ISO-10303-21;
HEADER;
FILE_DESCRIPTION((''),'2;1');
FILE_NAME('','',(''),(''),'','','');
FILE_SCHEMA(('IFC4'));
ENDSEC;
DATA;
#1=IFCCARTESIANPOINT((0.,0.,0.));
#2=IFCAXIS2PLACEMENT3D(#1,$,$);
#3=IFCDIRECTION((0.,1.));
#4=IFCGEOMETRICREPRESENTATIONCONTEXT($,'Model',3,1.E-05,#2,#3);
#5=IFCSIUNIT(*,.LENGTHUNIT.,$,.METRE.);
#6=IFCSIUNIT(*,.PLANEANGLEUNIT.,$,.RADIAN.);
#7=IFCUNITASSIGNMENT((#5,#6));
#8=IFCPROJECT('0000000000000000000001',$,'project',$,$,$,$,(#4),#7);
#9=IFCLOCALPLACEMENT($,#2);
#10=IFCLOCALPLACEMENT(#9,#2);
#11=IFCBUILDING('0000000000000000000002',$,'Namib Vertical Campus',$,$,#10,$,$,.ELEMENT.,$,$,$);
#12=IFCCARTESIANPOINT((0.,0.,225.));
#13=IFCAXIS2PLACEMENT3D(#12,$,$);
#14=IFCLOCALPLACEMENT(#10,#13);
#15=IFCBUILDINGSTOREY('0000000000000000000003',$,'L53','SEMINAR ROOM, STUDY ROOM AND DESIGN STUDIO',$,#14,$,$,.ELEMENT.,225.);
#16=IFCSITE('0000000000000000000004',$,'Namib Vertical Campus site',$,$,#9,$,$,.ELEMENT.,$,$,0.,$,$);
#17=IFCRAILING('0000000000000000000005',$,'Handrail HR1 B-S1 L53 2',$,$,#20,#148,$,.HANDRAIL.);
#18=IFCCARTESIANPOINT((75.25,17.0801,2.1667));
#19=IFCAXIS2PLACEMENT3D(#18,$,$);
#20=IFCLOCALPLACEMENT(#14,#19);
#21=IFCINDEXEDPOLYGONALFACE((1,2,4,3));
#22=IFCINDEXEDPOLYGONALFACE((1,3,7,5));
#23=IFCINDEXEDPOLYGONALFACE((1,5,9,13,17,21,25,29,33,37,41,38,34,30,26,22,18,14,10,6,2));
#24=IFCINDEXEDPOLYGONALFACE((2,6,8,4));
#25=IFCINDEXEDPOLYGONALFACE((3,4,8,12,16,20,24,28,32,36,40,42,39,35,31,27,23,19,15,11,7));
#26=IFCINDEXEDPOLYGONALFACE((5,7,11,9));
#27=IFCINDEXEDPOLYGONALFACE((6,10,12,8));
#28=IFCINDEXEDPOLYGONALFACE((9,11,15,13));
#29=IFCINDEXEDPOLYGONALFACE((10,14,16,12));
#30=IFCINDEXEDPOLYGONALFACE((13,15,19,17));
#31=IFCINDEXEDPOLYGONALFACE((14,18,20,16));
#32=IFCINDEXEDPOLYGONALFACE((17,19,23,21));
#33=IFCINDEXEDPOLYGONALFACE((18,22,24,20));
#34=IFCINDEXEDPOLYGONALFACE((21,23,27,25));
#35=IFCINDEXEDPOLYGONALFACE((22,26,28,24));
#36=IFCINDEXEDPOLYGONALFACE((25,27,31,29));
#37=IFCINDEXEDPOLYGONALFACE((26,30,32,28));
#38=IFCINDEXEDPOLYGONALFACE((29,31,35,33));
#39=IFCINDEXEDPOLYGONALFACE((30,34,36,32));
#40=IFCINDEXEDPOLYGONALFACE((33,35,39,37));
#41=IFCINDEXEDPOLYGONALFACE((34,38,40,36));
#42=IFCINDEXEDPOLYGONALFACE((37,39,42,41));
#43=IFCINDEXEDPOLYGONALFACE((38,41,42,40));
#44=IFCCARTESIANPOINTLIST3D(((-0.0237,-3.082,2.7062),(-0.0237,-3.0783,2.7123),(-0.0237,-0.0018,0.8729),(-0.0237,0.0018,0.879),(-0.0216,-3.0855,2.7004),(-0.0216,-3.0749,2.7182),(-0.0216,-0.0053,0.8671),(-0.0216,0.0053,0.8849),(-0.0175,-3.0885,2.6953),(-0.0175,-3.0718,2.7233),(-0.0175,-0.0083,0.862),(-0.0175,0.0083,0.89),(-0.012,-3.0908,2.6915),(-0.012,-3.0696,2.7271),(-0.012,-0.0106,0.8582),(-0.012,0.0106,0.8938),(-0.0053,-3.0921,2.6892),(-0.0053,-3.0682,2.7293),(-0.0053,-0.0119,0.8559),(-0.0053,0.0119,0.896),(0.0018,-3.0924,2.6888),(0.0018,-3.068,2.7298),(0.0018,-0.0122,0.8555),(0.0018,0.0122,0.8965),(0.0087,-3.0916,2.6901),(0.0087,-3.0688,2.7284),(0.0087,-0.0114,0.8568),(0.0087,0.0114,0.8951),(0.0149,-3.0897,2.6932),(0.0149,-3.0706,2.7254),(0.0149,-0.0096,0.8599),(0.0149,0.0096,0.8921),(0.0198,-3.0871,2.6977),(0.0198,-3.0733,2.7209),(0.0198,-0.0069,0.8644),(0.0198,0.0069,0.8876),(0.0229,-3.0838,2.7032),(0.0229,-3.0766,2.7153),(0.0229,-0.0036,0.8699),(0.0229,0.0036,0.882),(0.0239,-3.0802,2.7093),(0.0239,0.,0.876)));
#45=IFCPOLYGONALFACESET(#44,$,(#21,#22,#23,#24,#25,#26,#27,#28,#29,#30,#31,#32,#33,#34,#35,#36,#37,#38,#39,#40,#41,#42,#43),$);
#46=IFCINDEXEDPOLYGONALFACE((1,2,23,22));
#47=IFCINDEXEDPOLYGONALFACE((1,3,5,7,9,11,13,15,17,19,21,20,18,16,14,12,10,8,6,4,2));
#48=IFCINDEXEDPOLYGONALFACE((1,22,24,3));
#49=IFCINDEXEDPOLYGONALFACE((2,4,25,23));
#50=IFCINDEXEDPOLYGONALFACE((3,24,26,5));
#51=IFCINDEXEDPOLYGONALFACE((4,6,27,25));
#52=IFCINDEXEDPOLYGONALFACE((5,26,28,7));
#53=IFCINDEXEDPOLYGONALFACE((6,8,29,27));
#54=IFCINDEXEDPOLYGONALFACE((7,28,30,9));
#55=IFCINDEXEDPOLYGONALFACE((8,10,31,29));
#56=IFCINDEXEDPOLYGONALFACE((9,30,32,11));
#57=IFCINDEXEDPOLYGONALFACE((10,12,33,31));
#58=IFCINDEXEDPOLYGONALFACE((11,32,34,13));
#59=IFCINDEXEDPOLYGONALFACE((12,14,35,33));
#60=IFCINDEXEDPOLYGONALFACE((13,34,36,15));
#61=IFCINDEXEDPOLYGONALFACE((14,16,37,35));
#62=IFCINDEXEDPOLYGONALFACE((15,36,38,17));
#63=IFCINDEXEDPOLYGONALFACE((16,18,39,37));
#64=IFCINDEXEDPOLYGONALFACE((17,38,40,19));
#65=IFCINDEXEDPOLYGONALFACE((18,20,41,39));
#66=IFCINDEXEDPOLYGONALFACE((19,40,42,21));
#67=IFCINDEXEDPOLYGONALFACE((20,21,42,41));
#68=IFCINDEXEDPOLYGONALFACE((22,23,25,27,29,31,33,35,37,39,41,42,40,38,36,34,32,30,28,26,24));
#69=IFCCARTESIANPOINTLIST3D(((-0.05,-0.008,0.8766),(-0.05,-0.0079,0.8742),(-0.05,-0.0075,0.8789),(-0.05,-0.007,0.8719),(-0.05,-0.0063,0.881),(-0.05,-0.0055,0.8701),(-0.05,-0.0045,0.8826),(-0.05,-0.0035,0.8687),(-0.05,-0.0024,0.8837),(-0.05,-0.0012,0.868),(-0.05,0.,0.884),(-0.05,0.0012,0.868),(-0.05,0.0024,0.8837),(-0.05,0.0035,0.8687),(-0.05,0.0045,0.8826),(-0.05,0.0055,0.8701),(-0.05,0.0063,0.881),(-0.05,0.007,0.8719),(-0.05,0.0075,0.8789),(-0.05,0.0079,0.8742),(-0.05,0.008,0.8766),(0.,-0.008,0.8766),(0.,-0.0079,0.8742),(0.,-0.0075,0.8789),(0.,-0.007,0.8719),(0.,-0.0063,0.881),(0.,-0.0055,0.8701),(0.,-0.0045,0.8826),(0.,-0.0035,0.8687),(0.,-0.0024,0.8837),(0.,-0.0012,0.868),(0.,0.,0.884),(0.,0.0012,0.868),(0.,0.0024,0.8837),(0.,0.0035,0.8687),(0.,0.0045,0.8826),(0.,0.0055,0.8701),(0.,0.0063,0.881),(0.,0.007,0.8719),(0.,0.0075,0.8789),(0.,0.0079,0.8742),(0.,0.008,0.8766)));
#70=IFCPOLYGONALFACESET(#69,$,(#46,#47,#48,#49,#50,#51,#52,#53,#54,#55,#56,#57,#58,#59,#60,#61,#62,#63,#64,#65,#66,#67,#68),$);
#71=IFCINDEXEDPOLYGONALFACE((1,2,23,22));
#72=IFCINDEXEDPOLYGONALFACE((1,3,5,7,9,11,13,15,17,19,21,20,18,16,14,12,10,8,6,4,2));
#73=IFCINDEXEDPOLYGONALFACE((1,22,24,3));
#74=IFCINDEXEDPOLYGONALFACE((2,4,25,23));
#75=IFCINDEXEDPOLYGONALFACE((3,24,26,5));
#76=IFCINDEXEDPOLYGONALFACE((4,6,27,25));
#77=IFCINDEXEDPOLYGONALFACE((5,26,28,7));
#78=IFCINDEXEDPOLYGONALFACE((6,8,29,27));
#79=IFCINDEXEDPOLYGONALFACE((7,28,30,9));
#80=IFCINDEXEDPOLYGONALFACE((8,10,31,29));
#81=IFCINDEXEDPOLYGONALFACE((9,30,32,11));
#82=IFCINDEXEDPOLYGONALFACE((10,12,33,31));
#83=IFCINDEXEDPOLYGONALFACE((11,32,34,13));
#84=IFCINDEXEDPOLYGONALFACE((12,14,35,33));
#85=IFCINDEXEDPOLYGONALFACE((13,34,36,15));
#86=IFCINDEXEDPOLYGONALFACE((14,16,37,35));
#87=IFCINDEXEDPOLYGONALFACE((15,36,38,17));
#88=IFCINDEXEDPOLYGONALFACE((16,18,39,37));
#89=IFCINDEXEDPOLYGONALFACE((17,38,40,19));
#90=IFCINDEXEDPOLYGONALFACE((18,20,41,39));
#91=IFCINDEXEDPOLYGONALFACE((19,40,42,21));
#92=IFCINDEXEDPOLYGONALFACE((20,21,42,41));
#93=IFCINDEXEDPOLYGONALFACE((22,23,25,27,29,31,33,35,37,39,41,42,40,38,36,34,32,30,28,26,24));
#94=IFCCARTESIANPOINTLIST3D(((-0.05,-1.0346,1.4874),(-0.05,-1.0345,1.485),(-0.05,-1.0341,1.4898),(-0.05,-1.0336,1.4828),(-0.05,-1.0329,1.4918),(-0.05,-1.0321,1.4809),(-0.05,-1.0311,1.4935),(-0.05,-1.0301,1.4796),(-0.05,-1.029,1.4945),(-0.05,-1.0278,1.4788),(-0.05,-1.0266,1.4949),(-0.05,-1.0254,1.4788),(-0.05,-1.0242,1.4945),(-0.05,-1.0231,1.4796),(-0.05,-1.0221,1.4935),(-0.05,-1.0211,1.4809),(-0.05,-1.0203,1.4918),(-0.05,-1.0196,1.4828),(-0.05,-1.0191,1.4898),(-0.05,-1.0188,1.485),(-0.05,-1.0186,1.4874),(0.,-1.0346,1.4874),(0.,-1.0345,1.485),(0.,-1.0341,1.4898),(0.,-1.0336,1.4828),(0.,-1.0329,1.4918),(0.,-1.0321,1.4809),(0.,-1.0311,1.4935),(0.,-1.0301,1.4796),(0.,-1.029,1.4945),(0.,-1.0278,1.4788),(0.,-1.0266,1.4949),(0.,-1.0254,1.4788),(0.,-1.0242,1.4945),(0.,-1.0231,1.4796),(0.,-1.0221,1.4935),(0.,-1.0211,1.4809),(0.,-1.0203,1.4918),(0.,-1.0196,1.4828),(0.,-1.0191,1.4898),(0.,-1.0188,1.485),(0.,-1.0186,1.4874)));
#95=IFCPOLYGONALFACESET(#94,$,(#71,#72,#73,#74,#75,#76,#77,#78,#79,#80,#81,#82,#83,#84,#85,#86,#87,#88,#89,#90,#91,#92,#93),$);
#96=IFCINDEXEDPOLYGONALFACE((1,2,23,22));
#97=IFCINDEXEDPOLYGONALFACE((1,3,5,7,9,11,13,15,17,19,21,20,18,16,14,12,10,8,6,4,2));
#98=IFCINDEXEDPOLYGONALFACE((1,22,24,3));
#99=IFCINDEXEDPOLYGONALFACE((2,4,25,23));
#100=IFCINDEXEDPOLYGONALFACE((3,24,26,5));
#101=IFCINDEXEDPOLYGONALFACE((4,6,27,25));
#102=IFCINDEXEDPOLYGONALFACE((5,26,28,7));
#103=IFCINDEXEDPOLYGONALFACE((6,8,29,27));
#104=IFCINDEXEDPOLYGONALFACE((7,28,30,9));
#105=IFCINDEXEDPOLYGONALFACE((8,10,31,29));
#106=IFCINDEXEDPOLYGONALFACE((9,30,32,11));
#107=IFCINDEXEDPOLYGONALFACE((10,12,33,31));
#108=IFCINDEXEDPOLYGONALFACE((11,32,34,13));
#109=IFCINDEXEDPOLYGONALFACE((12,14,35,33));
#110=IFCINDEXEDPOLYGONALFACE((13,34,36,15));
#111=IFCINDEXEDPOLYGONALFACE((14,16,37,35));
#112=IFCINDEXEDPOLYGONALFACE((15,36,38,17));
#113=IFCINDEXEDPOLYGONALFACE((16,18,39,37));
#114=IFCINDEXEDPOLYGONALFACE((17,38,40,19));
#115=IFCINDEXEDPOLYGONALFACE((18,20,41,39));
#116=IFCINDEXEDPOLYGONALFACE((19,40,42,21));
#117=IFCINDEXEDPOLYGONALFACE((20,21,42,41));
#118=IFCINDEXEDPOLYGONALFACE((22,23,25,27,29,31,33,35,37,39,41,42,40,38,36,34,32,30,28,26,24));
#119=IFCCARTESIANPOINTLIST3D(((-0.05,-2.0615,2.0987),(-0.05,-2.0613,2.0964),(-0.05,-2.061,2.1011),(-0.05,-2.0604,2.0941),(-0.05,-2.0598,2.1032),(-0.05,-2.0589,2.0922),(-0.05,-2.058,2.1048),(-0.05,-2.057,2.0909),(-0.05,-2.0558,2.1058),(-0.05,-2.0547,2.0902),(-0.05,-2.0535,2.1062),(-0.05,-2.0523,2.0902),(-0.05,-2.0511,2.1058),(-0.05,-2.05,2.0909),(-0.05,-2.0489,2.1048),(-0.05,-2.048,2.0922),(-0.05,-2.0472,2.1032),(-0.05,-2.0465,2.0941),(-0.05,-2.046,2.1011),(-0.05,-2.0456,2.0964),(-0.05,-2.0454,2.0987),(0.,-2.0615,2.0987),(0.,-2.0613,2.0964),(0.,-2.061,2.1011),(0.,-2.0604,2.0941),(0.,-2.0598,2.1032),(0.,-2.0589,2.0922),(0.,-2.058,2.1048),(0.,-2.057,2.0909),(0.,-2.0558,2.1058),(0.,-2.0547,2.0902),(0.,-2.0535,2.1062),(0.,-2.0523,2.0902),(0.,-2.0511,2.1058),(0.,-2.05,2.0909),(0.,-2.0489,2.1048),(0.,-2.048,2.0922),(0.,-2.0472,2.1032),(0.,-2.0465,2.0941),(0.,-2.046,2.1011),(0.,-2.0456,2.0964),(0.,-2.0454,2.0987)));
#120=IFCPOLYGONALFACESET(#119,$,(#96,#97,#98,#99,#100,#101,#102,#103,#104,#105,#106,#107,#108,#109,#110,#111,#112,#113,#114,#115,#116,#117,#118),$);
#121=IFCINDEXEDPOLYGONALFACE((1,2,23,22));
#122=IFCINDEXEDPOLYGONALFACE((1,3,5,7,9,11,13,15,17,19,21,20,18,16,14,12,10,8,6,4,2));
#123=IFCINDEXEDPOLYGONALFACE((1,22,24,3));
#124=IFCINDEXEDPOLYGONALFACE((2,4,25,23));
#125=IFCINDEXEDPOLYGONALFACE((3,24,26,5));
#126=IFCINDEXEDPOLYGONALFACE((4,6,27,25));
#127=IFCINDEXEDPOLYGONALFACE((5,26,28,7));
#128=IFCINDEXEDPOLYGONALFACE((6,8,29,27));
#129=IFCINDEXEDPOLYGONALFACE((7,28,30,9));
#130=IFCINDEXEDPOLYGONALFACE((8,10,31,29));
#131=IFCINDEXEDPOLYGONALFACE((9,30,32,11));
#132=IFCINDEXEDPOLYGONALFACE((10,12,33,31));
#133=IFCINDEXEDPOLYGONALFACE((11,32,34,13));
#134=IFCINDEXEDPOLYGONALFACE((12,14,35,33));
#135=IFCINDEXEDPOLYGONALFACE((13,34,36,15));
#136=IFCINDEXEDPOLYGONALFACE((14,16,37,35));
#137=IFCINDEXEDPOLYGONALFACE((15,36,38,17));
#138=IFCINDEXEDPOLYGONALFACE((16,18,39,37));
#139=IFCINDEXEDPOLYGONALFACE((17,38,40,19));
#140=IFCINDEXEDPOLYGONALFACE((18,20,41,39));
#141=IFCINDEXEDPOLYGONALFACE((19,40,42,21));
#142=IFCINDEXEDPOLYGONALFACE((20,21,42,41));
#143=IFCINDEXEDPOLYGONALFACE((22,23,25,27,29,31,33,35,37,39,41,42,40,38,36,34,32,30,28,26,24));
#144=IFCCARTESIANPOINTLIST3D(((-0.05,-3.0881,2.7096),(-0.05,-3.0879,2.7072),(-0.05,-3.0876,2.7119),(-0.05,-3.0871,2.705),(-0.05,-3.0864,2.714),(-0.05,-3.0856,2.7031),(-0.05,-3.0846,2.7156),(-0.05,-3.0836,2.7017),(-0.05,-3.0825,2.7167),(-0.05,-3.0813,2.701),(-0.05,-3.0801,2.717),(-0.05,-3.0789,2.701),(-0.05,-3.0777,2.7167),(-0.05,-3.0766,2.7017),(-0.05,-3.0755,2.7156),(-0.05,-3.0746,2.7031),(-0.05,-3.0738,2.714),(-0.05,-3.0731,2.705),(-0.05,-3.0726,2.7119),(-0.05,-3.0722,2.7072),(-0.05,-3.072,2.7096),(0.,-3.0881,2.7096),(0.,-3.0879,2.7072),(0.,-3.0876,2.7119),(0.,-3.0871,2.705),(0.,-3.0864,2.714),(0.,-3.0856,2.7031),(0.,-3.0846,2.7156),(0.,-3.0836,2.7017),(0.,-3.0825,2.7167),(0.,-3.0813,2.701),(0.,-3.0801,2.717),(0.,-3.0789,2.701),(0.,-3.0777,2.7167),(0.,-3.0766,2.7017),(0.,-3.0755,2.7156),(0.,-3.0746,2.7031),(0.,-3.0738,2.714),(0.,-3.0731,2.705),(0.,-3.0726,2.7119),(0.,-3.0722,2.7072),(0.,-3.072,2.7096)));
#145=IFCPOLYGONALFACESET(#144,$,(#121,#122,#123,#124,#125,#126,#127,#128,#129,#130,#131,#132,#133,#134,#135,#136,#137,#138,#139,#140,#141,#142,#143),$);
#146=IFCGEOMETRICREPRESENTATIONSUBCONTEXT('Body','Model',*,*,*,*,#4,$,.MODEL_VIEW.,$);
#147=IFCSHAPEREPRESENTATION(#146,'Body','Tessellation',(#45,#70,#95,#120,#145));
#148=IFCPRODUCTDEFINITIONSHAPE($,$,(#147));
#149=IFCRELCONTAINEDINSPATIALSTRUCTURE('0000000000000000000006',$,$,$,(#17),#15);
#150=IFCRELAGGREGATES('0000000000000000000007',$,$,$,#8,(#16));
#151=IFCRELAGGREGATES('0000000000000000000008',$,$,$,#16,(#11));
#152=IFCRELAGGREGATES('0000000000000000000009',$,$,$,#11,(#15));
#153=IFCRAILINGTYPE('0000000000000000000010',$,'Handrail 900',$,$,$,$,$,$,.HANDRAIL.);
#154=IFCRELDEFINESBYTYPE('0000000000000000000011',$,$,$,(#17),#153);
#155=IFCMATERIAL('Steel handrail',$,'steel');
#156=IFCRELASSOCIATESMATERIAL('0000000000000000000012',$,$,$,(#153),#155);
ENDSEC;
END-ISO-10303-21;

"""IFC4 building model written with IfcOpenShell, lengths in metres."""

from ifc_helpers import new_model, si_unit, direction, frame, origin, origin_2d, place, context, subcontext, project, spatial, circle, extrude, material, type_object, element, save


model = new_model("IFC4")

# Units and contexts
model_context = context("Model", 3, precision=1e-05, world=origin(), true_north=direction((0.0, 1.0)))
body_context = subcontext(model_context, "Body", "Model", "MODEL_VIEW")
ifc_project = project(units=[si_unit("LENGTHUNIT", "METRE"), si_unit("PLANEANGLEUNIT", "RADIAN")], contexts=[model_context])

# Site, building, storey
site_placement = place(None, origin())
site = spatial("IfcSite", under=ifc_project, at=site_placement, Name="Namib Vertical Campus site", CompositionType="ELEMENT", RefElevation=0.0)
building_placement = place(site_placement, origin())
building = spatial("IfcBuilding", under=site, at=building_placement, Name="Namib Vertical Campus", CompositionType="ELEMENT")
storey_placement = place(building_placement, frame((0.0, 0.0, 225.0)))
storey = spatial("IfcBuildingStorey", under=building, at=storey_placement, Name="L53", Description="SEMINAR ROOM, STUDY ROOM AND DESIGN STUDIO", CompositionType="ELEMENT", Elevation=225.0)

# Railing
ifc_material_1 = material(Name="Steel handrail", Category="steel")
railing_type_1 = type_object("IfcRailingType", Name="Handrail 900", PredefinedType="HANDRAIL", material=ifc_material_1)
railing_1_placement = place(storey_placement, frame((75.25, 17.0801, 2.1667)))
element("IfcRailing", 1, at=railing_1_placement, inside=storey, type_object=railing_type_1, Name="Handrail HR1 B-S1 L53 2", PredefinedType="HANDRAIL", context=body_context, shape_type="SweptSolid", body=[
    extrude(circle(Radius=0.0239, at=origin_2d()), frame((0.0, 0.0, 0.876), z_axis=(0.0, -0.859309, 0.511458), x_axis=(1.0, 0.0, 0.0)), (0.0, 0.0, 1.0), 3.5845),
    extrude(circle(Radius=0.0081, at=origin_2d()), frame((0.0, 0.0, 0.876), z_axis=(-1.0, 0.0, 0.0), x_axis=(0.0, 0.0, 1.0)), (0.0, 0.0, 1.0), 0.05),
    extrude(circle(Radius=0.0081, at=origin_2d()), frame((0.0, -1.0266, 1.4868), z_axis=(-1.0, 0.0, 0.0), x_axis=(0.0, 0.0, 1.0)), (0.0, 0.0, 1.0), 0.05),
    extrude(circle(Radius=0.0081, at=origin_2d()), frame((0.0, -2.0535, 2.0981), z_axis=(-1.0, 0.0, 0.0), x_axis=(0.0, 0.0, 1.0)), (0.0, 0.0, 1.0), 0.05),
    extrude(circle(Radius=0.0081, at=origin_2d()), frame((0.0, -3.0801, 2.709), z_axis=(-1.0, 0.0, 0.0), x_axis=(0.0, 0.0, 1.0)), (0.0, 0.0, 1.0), 0.05),
])

save(model, "model.ifc")
